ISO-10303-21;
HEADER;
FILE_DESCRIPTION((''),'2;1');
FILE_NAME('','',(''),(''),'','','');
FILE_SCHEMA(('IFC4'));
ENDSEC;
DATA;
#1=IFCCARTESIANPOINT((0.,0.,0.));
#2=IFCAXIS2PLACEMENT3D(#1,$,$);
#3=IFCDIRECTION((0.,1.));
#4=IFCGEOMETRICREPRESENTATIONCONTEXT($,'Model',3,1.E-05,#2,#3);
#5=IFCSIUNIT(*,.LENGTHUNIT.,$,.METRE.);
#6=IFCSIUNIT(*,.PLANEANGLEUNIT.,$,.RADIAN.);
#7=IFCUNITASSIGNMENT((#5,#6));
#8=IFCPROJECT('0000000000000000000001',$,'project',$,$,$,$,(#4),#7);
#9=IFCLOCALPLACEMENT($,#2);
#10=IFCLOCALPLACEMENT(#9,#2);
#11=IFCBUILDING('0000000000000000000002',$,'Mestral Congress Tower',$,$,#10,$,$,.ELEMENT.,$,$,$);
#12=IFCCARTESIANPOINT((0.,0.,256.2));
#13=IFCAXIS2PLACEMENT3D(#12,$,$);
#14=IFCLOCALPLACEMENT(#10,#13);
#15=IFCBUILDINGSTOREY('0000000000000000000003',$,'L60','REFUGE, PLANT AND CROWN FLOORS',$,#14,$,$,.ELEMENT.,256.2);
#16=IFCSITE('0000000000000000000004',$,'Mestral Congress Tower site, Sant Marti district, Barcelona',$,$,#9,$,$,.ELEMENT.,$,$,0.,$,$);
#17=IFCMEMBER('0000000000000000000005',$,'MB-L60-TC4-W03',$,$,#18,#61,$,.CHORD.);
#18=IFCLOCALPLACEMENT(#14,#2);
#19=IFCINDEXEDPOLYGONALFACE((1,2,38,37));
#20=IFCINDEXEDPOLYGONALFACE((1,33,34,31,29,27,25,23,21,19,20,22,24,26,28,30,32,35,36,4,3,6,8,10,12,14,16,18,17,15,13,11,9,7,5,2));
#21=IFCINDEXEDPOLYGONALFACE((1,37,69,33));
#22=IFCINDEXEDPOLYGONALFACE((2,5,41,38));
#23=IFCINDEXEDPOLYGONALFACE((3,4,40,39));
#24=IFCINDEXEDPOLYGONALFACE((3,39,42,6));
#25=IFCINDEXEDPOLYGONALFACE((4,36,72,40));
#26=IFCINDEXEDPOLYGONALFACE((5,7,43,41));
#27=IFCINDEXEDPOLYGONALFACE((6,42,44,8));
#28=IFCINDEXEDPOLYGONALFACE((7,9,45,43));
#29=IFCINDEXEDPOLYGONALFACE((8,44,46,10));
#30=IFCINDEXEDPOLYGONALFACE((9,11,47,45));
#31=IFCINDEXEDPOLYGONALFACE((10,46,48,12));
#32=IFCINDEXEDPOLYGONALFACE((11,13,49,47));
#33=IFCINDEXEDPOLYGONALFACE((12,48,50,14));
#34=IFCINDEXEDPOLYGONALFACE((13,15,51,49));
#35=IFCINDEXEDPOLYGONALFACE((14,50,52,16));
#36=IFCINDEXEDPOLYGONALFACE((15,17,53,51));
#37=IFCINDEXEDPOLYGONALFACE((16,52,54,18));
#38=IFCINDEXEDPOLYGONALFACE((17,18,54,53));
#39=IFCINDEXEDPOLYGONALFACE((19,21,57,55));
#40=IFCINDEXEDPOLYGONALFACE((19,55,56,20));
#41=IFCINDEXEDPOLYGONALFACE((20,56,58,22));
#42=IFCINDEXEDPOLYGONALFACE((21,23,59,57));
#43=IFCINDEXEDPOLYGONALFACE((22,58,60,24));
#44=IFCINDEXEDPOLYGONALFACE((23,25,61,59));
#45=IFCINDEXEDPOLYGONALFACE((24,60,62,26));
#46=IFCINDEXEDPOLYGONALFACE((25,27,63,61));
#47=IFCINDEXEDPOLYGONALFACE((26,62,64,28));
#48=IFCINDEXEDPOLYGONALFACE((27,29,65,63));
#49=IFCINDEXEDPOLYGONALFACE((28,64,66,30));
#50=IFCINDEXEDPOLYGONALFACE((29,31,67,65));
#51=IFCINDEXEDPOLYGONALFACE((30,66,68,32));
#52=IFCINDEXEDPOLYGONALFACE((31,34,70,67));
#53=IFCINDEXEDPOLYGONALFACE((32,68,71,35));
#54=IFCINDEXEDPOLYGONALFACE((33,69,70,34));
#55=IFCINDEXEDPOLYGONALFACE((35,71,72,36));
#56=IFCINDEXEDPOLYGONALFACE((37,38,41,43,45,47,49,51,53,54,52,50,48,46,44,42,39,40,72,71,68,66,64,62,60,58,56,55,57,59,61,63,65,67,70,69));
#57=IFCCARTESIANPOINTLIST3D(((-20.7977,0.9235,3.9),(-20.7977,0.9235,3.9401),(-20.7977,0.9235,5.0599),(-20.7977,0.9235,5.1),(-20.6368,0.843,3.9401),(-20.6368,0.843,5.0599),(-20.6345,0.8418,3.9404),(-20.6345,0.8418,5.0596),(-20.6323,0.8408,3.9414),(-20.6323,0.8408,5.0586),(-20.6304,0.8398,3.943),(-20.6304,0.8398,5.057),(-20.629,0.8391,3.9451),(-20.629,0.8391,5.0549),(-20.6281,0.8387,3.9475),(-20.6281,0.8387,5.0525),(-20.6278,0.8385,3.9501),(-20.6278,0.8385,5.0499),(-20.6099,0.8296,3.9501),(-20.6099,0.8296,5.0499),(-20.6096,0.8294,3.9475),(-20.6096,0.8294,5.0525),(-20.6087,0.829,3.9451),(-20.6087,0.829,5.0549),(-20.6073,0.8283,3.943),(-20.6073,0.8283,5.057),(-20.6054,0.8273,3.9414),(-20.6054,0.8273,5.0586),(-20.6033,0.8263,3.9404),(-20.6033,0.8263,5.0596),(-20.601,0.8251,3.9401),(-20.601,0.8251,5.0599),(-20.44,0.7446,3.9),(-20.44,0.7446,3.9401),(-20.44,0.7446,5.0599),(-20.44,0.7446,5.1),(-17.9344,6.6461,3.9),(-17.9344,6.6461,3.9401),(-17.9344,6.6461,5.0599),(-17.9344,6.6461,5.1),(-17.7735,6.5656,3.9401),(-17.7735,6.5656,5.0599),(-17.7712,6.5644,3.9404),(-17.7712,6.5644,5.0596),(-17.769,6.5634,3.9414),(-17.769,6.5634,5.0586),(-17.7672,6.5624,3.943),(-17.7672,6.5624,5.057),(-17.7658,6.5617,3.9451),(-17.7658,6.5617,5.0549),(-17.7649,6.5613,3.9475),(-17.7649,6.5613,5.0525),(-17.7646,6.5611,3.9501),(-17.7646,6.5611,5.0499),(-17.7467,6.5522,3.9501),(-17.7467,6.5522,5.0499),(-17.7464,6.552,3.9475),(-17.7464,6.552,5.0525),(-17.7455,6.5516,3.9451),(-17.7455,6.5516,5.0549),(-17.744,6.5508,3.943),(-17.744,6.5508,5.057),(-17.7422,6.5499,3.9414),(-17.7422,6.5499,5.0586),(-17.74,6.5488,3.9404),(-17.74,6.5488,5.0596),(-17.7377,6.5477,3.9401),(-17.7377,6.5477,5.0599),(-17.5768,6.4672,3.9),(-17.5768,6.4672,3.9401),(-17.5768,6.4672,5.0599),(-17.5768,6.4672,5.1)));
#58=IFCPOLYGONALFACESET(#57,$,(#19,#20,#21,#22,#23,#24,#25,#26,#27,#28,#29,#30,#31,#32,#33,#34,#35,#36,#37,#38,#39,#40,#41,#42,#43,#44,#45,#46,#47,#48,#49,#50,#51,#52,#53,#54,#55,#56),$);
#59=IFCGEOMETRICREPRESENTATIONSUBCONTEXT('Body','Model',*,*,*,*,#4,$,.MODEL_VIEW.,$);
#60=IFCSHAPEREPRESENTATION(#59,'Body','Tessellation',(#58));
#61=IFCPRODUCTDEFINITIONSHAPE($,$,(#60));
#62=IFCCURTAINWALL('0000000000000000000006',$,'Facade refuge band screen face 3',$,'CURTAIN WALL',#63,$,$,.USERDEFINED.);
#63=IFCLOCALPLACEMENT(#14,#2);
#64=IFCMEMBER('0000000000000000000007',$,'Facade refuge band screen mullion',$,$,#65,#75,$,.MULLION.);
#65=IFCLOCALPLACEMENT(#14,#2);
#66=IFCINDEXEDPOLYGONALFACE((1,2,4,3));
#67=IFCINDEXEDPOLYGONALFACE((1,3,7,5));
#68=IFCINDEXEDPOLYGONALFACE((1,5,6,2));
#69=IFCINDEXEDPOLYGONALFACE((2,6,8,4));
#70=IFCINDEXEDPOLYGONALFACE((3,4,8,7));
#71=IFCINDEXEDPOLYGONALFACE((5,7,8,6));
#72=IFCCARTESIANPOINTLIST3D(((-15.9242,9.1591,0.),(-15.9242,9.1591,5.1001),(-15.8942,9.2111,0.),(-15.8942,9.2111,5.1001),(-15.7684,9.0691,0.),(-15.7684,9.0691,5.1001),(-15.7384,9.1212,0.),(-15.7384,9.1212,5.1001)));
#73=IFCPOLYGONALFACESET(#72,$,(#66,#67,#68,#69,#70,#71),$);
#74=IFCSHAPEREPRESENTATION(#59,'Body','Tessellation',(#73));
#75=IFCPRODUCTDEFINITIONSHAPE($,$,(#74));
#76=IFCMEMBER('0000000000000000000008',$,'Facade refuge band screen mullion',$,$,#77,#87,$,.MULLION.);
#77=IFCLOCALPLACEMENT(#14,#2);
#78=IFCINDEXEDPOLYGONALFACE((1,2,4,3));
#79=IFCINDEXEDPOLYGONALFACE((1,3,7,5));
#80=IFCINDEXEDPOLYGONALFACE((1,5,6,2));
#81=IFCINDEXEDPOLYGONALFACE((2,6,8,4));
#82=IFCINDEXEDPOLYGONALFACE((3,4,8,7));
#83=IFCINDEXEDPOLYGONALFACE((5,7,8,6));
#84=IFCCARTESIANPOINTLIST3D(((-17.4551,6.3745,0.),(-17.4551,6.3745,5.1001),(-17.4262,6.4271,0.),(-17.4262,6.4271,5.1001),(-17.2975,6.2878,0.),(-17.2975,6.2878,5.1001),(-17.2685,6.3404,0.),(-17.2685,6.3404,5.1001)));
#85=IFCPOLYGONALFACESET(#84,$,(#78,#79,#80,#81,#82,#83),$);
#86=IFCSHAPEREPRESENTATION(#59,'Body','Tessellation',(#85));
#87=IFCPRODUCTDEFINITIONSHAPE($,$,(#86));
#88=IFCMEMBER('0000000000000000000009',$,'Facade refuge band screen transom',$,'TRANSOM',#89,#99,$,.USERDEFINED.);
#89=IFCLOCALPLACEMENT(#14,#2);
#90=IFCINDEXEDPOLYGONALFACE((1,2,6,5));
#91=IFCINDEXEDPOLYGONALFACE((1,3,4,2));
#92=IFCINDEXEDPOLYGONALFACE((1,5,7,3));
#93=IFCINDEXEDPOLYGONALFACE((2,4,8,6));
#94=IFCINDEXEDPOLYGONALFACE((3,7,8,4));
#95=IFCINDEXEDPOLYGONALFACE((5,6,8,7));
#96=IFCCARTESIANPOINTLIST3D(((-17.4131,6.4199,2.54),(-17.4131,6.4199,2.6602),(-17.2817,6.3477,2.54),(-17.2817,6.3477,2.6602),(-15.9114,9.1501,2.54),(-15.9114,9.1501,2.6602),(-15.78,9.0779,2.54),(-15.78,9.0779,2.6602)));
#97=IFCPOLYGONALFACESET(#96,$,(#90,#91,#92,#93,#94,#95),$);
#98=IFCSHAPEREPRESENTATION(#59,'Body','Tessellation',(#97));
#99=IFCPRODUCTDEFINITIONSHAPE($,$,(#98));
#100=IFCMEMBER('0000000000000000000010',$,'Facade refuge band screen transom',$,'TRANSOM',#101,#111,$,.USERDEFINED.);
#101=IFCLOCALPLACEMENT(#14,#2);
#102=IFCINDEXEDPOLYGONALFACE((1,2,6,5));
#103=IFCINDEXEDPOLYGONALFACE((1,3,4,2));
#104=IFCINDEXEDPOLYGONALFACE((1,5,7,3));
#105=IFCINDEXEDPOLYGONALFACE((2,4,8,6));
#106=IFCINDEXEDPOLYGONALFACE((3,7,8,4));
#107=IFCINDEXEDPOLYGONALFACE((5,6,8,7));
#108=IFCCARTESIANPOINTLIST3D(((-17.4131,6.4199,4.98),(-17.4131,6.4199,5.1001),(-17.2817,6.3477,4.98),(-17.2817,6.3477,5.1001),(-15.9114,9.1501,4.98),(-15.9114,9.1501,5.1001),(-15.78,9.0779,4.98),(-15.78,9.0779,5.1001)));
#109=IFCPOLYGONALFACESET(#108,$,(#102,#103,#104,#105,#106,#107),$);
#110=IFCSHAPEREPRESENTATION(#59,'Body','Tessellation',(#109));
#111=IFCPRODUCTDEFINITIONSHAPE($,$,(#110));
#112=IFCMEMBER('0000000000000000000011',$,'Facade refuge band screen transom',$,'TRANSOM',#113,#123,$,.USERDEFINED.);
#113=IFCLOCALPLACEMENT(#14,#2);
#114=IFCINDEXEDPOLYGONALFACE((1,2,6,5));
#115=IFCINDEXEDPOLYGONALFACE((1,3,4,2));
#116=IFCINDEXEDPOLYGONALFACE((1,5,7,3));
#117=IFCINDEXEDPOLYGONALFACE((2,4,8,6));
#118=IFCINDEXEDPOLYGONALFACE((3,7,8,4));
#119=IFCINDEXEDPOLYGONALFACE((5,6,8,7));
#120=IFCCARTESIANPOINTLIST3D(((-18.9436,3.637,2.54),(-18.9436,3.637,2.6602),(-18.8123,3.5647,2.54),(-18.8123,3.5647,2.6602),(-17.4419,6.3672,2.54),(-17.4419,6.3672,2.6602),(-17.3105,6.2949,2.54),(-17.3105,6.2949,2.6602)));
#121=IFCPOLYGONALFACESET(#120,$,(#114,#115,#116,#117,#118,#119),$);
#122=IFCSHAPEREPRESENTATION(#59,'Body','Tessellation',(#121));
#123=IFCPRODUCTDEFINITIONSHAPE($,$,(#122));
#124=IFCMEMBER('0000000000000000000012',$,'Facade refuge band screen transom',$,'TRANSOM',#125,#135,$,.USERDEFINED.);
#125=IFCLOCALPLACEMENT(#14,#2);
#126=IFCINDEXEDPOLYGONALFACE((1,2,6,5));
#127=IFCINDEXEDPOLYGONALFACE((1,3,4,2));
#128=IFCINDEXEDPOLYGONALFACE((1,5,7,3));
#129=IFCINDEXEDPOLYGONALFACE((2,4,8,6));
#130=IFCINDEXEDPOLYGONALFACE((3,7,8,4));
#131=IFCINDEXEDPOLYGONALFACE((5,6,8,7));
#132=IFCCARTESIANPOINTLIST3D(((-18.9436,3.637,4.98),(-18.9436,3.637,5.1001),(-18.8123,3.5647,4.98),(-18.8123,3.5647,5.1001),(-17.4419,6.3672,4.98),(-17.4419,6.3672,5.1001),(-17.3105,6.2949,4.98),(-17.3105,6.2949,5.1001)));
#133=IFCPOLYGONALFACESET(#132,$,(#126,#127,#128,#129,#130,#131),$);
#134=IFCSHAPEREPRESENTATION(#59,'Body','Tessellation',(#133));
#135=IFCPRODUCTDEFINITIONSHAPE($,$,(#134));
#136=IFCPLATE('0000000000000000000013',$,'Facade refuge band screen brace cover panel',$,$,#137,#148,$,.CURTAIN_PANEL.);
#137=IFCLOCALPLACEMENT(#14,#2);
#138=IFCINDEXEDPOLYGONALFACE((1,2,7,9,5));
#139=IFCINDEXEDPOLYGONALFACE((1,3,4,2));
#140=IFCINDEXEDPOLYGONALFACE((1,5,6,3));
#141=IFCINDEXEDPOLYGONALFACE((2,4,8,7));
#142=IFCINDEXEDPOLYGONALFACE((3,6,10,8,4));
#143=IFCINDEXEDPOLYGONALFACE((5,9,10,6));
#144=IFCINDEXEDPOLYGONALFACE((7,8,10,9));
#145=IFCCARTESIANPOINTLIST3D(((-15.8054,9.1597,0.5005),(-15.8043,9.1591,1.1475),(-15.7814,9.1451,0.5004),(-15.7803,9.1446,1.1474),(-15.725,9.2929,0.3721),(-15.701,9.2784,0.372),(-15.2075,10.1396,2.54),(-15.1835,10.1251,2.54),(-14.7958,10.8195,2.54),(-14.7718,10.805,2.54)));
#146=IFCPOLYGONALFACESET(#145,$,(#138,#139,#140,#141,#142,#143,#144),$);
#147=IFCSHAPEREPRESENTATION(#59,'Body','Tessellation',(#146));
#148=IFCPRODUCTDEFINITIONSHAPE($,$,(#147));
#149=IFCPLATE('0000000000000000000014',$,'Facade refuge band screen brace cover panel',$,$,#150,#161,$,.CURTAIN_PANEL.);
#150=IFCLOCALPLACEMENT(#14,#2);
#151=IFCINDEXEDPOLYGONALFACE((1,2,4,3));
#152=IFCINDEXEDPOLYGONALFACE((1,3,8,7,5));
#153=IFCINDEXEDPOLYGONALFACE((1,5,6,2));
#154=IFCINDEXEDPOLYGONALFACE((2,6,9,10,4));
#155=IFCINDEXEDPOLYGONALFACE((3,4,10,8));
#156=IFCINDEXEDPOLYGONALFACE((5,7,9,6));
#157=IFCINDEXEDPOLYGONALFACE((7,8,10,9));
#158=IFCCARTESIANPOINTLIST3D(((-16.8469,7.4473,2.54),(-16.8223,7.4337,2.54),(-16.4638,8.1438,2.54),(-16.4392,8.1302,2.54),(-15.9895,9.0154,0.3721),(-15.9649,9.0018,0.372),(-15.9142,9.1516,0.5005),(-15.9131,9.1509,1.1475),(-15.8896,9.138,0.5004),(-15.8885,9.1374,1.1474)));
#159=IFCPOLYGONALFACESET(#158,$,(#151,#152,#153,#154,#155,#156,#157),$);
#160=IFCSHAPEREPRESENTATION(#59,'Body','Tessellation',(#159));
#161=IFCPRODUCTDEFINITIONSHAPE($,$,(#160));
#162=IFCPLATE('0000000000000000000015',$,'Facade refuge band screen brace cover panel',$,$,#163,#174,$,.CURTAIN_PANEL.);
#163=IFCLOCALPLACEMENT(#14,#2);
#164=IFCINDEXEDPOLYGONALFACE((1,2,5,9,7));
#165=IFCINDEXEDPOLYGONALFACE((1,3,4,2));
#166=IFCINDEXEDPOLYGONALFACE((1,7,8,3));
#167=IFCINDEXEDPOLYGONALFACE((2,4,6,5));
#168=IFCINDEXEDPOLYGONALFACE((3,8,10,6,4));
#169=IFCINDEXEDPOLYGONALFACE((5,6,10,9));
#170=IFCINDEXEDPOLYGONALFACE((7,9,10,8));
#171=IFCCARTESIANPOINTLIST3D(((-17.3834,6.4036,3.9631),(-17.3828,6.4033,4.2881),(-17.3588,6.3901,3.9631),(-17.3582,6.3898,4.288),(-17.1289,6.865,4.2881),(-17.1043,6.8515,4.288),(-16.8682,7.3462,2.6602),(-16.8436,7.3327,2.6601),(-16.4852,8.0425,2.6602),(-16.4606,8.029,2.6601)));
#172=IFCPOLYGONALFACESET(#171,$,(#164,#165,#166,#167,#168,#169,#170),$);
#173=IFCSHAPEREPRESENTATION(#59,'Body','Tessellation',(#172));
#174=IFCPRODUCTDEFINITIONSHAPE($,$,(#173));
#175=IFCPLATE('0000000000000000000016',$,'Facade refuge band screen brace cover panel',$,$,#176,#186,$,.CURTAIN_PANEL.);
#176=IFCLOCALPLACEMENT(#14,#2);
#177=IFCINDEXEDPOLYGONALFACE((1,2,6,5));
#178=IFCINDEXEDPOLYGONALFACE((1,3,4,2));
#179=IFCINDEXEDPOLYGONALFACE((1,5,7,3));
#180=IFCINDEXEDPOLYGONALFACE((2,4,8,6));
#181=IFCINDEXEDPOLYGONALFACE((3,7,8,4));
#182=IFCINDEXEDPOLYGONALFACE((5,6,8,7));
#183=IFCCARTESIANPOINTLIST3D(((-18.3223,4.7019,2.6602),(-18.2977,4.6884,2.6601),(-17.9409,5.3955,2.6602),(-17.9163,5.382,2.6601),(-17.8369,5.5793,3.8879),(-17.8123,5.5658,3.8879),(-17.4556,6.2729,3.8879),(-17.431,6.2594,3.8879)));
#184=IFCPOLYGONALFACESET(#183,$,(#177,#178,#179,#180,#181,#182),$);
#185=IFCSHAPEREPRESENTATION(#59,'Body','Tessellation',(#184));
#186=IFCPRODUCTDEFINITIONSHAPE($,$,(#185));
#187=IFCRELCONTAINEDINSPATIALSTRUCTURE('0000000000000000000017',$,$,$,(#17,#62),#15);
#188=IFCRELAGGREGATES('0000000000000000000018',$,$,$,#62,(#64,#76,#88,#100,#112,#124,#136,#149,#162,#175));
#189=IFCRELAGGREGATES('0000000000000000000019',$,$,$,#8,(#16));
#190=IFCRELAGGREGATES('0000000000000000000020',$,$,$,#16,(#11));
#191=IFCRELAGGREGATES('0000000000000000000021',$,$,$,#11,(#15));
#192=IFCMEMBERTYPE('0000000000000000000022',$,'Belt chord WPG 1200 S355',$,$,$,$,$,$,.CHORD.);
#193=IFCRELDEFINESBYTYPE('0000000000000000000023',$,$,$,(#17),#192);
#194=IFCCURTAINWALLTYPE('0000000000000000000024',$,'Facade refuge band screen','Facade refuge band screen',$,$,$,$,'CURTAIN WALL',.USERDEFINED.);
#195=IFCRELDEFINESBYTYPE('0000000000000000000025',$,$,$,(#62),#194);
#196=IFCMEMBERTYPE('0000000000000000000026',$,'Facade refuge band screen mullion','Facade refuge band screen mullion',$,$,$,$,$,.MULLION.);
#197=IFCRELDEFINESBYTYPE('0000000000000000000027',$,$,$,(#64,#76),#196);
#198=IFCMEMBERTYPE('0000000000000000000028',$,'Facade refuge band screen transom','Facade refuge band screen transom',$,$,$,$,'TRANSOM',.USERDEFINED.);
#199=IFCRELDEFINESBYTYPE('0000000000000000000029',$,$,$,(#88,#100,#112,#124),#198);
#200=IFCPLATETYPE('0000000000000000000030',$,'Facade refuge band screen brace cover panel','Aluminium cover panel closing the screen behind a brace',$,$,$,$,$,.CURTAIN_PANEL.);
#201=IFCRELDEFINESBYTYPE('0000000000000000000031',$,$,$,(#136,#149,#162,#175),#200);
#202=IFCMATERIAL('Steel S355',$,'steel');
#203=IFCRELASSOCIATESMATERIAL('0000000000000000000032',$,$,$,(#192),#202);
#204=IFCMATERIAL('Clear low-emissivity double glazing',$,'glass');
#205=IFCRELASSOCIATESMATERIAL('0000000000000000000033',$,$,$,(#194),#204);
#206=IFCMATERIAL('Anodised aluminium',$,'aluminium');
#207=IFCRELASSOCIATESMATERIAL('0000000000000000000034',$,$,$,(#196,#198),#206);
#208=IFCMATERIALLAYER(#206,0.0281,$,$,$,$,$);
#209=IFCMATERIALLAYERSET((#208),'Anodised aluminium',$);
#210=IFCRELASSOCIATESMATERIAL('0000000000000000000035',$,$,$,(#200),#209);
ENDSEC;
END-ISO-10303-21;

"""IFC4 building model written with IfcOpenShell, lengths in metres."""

from ifc_helpers import new_model, si_unit, direction, frame, origin, origin_2d, place, context, subcontext, project, spatial, polyline, rectangle, i_section, outline, extrude, material, layer, layer_set, material_profile, profile_set, type_object, element, aggregate, save


model = new_model("IFC4")

# Units and contexts
model_context = context("Model", 3, precision=1e-05, world=origin(), true_north=direction((0.0, 1.0)))
body_context = subcontext(model_context, "Body", "Model", "MODEL_VIEW")
ifc_project = project(units=[si_unit("LENGTHUNIT", "METRE"), si_unit("PLANEANGLEUNIT", "RADIAN")], contexts=[model_context])

# Site, building, storey
site_placement = place(None, origin())
site = spatial("IfcSite", under=ifc_project, at=site_placement, Name="Mestral Congress Tower site, Sant Marti district, Barcelona", CompositionType="ELEMENT", RefElevation=0.0)
building_placement = place(site_placement, origin())
building = spatial("IfcBuilding", under=site, at=building_placement, Name="Mestral Congress Tower", CompositionType="ELEMENT")
storey_placement = place(building_placement, frame((0.0, 0.0, 256.2)))
storey = spatial("IfcBuildingStorey", under=building, at=storey_placement, Name="L60", Description="REFUGE, PLANT AND CROWN FLOORS", CompositionType="ELEMENT", Elevation=256.2)

# Member
ifc_material_1 = material(Name="Steel S355", Category="steel")
ifc_material_profile_1 = material_profile(ifc_material_1, i_section(OverallWidth=0.3999, OverallDepth=1.2, WebThickness=0.02, FlangeThickness=0.04, FilletRadius=0.01, at=origin_2d()), Name="WPG 1200")
ifc_profile_set_1 = profile_set([ifc_material_profile_1], Name="Steel S355")
member_type_1 = type_object("IfcMemberType", Name="Belt chord WPG 1200 S355", PredefinedType="CHORD", material=ifc_profile_set_1)
member_1_placement = place(storey_placement, frame((-17.7556, 6.5566, 4.5), z_axis=(-0.447458, -0.894305, 0.0), x_axis=(0.894305, -0.447458, 0.0)))
element("IfcMember", 1, at=member_1_placement, inside=storey, type_object=member_type_1, Name="MB-L60-TC4-W03", PredefinedType="CHORD", context=body_context, shape_type="SweptSolid", body=[
    extrude(i_section(OverallWidth=0.3999, OverallDepth=1.2, WebThickness=0.02, FlangeThickness=0.04, FilletRadius=0.01, at=origin_2d()), origin(), (0.0, 0.0, 1.0), 6.3989),
])

# Curtain wall, members, plates
ifc_material_2 = material(Name="Clear low-emissivity double glazing", Category="glass")
curtain_wall_type = type_object("IfcCurtainWallType", Name="Facade refuge band screen", Description="Facade refuge band screen", ElementType="CURTAIN WALL", PredefinedType="USERDEFINED", material=ifc_material_2)
curtain_wall_placement = place(storey_placement, origin())
curtain_wall = element("IfcCurtainWall", 2, at=curtain_wall_placement, inside=storey, type_object=curtain_wall_type, Name="Facade refuge band screen face 3", ObjectType="CURTAIN WALL", PredefinedType="USERDEFINED")
ifc_material_3 = material(Name="Anodised aluminium", Category="aluminium")
ifc_material_profile_2 = material_profile(ifc_material_3, rectangle(XDim=0.1799, YDim=0.0601, at=origin_2d()), Name="CW3 mullion 180 x 60")
ifc_profile_set_2 = profile_set([ifc_material_profile_2], Name="Anodised aluminium")
member_type_2 = type_object("IfcMemberType", Name="Facade refuge band screen mullion", Description="Facade refuge band screen mullion", PredefinedType="MULLION", material=ifc_profile_set_2)
member_2_placement = place(storey_placement, frame((-15.8313, 9.1401, 0.0), z_axis=(0.0, 0.0, 1.0), x_axis=(-0.866025, 0.5, 0.0)))
member_2 = element("IfcMember", 3, at=member_2_placement, type_object=member_type_2, Name="Facade refuge band screen mullion", PredefinedType="MULLION", context=body_context, shape_type="SweptSolid", body=[
    extrude(rectangle(XDim=0.1799, YDim=0.0601, at=origin_2d()), origin(), (0.0, 0.0, 1.0), 5.1001),
])
member_3_placement = place(storey_placement, frame((-17.3618, 6.3574, 0.0), z_axis=(0.0, 0.0, 1.0), x_axis=(-0.876214, 0.481922, 0.0)))
member_3 = element("IfcMember", 4, at=member_3_placement, type_object=member_type_2, Name="Facade refuge band screen mullion", PredefinedType="MULLION", context=body_context, shape_type="SweptSolid", body=[
    extrude(rectangle(XDim=0.1799, YDim=0.0601, at=origin_2d()), origin(), (0.0, 0.0, 1.0), 5.1001),
])
ifc_material_profile_3 = material_profile(ifc_material_3, rectangle(XDim=0.1499, YDim=0.1201, at=origin_2d()), Name="CW3 transom 150 x 120")
ifc_profile_set_3 = profile_set([ifc_material_profile_3], Name="Anodised aluminium")
member_type_3 = type_object("IfcMemberType", Name="Facade refuge band screen transom", Description="Facade refuge band screen transom", ElementType="TRANSOM", PredefinedType="USERDEFINED", material=ifc_profile_set_3)
member_4_placement = place(storey_placement, frame((-15.8457, 9.114, 2.6001), z_axis=(-0.48194, -0.876204, 0.0), x_axis=(0.876204, -0.48194, 0.0)))
member_4 = element("IfcMember", 5, at=member_4_placement, type_object=member_type_3, Name="Facade refuge band screen transom", ObjectType="TRANSOM", PredefinedType="USERDEFINED", context=body_context, shape_type="SweptSolid", body=[
    extrude(rectangle(XDim=0.1499, YDim=0.1201, at=origin_2d()), origin(), (0.0, 0.0, 1.0), 3.116),
])
member_5_placement = place(storey_placement, frame((-15.8457, 9.114, 5.04), z_axis=(-0.48194, -0.876204, 0.0), x_axis=(0.876204, -0.48194, 0.0)))
member_5 = element("IfcMember", 6, at=member_5_placement, type_object=member_type_3, Name="Facade refuge band screen transom", ObjectType="TRANSOM", PredefinedType="USERDEFINED", context=body_context, shape_type="SweptSolid", body=[
    extrude(rectangle(XDim=0.1499, YDim=0.1201, at=origin_2d()), origin(), (0.0, 0.0, 1.0), 3.116),
])
member_6_placement = place(storey_placement, frame((-17.3762, 6.3311, 2.6001), z_axis=(-0.48194, -0.876204, 0.0), x_axis=(0.876204, -0.48194, 0.0)))
member_6 = element("IfcMember", 7, at=member_6_placement, type_object=member_type_3, Name="Facade refuge band screen transom", ObjectType="TRANSOM", PredefinedType="USERDEFINED", context=body_context, shape_type="SweptSolid", body=[
    extrude(rectangle(XDim=0.1499, YDim=0.1201, at=origin_2d()), origin(), (0.0, 0.0, 1.0), 3.116),
])
member_7_placement = place(storey_placement, frame((-17.3762, 6.3311, 5.04), z_axis=(-0.48194, -0.876204, 0.0), x_axis=(0.876204, -0.48194, 0.0)))
member_7 = element("IfcMember", 8, at=member_7_placement, type_object=member_type_3, Name="Facade refuge band screen transom", ObjectType="TRANSOM", PredefinedType="USERDEFINED", context=body_context, shape_type="SweptSolid", body=[
    extrude(rectangle(XDim=0.1499, YDim=0.1201, at=origin_2d()), origin(), (0.0, 0.0, 1.0), 3.116),
])
ifc_layer_1 = layer(ifc_material_3, 0.0281)
ifc_layer_set_1 = layer_set([ifc_layer_1], Name="Anodised aluminium")
plate_type_1 = type_object("IfcPlateType", Name="Facade refuge band screen brace cover panel", Description="Aluminium cover panel closing the screen behind a brace", PredefinedType="CURTAIN_PANEL", material=ifc_layer_set_1)
plate_1_placement = place(storey_placement, frame((-15.8054, 9.1597, 0.5005), z_axis=(-0.855417, 0.517936, 0.001925), x_axis=(0.398445, 0.660432, -0.636452)))
plate_1 = element("IfcPlate", 9, at=plate_1_placement, type_object=plate_type_1, Name="Facade refuge band screen brace cover panel", PredefinedType="CURTAIN_PANEL", context=body_context, shape_type="SweptSolid", body=[
    extrude(outline(polyline([(0.0, 0.0), (0.2018, 0.0), (0.2004, -2.8096), (-0.4126, -2.3038), (-0.4117, -0.4991), (0.0, 0.0)])), origin(), (0.0, 0.0, -1.0), 0.0281),
])
plate_2_placement = place(storey_placement, frame((-16.8469, 7.4473, 2.54), z_axis=(-0.876199, 0.481946, 0.002048), x_axis=(0.305179, 0.558108, -0.77161)))
plate_2 = element("IfcPlate", 10, at=plate_2_placement, type_object=plate_type_1, Name="Facade refuge band screen brace cover panel", PredefinedType="CURTAIN_PANEL", context=body_context, shape_type="SweptSolid", body=[
    extrude(outline(polyline([(0.0, 0.0), (2.8097, 0.0), (2.8096, -0.2018), (2.3103, -0.6132), (0.5056, -0.6134), (0.0, 0.0)])), origin(), (0.0, 0.0, -1.0), 0.0281),
])
plate_3_placement = place(storey_placement, frame((-16.8682, 7.3462, 2.6602), z_axis=(-0.876235, 0.481879, 0.002065), x_axis=(0.48188, 0.876237, 0.0)))
plate_3 = element("IfcPlate", 11, at=plate_3_placement, type_object=plate_type_1, Name="Facade refuge band screen brace cover panel", PredefinedType="CURTAIN_PANEL", context=body_context, shape_type="SweptSolid", body=[
    extrude(outline(polyline([(0.0, 0.0), (0.7947, 0.0), (-0.5473, -1.6279), (-1.0742, -1.6279), (-1.0742, -1.303), (0.0, 0.0)])), origin(), (0.0, 0.0, -1.0), 0.0281),
])
plate_4_placement = place(storey_placement, frame((-17.9409, 5.3955, 2.6602), z_axis=(-0.876286, 0.481787, 0.00209), x_axis=(0.306173, 0.553514, 0.774519)))
plate_4 = element("IfcPlate", 12, at=plate_4_placement, type_object=plate_type_1, Name="Facade refuge band screen brace cover panel", PredefinedType="CURTAIN_PANEL", context=body_context, shape_type="SweptSolid", body=[
    extrude(outline(polyline([(0.0, 0.0), (1.5852, 0.0), (1.0845, -0.6131), (-0.5007, -0.6131), (0.0, 0.0)])), origin(), (0.0, 0.0, -1.0), 0.0281),
])
aggregate(curtain_wall, [member_2, member_3, member_4, member_5, member_6, member_7, plate_1, plate_2, plate_3, plate_4])

save(model, "model.ifc")
